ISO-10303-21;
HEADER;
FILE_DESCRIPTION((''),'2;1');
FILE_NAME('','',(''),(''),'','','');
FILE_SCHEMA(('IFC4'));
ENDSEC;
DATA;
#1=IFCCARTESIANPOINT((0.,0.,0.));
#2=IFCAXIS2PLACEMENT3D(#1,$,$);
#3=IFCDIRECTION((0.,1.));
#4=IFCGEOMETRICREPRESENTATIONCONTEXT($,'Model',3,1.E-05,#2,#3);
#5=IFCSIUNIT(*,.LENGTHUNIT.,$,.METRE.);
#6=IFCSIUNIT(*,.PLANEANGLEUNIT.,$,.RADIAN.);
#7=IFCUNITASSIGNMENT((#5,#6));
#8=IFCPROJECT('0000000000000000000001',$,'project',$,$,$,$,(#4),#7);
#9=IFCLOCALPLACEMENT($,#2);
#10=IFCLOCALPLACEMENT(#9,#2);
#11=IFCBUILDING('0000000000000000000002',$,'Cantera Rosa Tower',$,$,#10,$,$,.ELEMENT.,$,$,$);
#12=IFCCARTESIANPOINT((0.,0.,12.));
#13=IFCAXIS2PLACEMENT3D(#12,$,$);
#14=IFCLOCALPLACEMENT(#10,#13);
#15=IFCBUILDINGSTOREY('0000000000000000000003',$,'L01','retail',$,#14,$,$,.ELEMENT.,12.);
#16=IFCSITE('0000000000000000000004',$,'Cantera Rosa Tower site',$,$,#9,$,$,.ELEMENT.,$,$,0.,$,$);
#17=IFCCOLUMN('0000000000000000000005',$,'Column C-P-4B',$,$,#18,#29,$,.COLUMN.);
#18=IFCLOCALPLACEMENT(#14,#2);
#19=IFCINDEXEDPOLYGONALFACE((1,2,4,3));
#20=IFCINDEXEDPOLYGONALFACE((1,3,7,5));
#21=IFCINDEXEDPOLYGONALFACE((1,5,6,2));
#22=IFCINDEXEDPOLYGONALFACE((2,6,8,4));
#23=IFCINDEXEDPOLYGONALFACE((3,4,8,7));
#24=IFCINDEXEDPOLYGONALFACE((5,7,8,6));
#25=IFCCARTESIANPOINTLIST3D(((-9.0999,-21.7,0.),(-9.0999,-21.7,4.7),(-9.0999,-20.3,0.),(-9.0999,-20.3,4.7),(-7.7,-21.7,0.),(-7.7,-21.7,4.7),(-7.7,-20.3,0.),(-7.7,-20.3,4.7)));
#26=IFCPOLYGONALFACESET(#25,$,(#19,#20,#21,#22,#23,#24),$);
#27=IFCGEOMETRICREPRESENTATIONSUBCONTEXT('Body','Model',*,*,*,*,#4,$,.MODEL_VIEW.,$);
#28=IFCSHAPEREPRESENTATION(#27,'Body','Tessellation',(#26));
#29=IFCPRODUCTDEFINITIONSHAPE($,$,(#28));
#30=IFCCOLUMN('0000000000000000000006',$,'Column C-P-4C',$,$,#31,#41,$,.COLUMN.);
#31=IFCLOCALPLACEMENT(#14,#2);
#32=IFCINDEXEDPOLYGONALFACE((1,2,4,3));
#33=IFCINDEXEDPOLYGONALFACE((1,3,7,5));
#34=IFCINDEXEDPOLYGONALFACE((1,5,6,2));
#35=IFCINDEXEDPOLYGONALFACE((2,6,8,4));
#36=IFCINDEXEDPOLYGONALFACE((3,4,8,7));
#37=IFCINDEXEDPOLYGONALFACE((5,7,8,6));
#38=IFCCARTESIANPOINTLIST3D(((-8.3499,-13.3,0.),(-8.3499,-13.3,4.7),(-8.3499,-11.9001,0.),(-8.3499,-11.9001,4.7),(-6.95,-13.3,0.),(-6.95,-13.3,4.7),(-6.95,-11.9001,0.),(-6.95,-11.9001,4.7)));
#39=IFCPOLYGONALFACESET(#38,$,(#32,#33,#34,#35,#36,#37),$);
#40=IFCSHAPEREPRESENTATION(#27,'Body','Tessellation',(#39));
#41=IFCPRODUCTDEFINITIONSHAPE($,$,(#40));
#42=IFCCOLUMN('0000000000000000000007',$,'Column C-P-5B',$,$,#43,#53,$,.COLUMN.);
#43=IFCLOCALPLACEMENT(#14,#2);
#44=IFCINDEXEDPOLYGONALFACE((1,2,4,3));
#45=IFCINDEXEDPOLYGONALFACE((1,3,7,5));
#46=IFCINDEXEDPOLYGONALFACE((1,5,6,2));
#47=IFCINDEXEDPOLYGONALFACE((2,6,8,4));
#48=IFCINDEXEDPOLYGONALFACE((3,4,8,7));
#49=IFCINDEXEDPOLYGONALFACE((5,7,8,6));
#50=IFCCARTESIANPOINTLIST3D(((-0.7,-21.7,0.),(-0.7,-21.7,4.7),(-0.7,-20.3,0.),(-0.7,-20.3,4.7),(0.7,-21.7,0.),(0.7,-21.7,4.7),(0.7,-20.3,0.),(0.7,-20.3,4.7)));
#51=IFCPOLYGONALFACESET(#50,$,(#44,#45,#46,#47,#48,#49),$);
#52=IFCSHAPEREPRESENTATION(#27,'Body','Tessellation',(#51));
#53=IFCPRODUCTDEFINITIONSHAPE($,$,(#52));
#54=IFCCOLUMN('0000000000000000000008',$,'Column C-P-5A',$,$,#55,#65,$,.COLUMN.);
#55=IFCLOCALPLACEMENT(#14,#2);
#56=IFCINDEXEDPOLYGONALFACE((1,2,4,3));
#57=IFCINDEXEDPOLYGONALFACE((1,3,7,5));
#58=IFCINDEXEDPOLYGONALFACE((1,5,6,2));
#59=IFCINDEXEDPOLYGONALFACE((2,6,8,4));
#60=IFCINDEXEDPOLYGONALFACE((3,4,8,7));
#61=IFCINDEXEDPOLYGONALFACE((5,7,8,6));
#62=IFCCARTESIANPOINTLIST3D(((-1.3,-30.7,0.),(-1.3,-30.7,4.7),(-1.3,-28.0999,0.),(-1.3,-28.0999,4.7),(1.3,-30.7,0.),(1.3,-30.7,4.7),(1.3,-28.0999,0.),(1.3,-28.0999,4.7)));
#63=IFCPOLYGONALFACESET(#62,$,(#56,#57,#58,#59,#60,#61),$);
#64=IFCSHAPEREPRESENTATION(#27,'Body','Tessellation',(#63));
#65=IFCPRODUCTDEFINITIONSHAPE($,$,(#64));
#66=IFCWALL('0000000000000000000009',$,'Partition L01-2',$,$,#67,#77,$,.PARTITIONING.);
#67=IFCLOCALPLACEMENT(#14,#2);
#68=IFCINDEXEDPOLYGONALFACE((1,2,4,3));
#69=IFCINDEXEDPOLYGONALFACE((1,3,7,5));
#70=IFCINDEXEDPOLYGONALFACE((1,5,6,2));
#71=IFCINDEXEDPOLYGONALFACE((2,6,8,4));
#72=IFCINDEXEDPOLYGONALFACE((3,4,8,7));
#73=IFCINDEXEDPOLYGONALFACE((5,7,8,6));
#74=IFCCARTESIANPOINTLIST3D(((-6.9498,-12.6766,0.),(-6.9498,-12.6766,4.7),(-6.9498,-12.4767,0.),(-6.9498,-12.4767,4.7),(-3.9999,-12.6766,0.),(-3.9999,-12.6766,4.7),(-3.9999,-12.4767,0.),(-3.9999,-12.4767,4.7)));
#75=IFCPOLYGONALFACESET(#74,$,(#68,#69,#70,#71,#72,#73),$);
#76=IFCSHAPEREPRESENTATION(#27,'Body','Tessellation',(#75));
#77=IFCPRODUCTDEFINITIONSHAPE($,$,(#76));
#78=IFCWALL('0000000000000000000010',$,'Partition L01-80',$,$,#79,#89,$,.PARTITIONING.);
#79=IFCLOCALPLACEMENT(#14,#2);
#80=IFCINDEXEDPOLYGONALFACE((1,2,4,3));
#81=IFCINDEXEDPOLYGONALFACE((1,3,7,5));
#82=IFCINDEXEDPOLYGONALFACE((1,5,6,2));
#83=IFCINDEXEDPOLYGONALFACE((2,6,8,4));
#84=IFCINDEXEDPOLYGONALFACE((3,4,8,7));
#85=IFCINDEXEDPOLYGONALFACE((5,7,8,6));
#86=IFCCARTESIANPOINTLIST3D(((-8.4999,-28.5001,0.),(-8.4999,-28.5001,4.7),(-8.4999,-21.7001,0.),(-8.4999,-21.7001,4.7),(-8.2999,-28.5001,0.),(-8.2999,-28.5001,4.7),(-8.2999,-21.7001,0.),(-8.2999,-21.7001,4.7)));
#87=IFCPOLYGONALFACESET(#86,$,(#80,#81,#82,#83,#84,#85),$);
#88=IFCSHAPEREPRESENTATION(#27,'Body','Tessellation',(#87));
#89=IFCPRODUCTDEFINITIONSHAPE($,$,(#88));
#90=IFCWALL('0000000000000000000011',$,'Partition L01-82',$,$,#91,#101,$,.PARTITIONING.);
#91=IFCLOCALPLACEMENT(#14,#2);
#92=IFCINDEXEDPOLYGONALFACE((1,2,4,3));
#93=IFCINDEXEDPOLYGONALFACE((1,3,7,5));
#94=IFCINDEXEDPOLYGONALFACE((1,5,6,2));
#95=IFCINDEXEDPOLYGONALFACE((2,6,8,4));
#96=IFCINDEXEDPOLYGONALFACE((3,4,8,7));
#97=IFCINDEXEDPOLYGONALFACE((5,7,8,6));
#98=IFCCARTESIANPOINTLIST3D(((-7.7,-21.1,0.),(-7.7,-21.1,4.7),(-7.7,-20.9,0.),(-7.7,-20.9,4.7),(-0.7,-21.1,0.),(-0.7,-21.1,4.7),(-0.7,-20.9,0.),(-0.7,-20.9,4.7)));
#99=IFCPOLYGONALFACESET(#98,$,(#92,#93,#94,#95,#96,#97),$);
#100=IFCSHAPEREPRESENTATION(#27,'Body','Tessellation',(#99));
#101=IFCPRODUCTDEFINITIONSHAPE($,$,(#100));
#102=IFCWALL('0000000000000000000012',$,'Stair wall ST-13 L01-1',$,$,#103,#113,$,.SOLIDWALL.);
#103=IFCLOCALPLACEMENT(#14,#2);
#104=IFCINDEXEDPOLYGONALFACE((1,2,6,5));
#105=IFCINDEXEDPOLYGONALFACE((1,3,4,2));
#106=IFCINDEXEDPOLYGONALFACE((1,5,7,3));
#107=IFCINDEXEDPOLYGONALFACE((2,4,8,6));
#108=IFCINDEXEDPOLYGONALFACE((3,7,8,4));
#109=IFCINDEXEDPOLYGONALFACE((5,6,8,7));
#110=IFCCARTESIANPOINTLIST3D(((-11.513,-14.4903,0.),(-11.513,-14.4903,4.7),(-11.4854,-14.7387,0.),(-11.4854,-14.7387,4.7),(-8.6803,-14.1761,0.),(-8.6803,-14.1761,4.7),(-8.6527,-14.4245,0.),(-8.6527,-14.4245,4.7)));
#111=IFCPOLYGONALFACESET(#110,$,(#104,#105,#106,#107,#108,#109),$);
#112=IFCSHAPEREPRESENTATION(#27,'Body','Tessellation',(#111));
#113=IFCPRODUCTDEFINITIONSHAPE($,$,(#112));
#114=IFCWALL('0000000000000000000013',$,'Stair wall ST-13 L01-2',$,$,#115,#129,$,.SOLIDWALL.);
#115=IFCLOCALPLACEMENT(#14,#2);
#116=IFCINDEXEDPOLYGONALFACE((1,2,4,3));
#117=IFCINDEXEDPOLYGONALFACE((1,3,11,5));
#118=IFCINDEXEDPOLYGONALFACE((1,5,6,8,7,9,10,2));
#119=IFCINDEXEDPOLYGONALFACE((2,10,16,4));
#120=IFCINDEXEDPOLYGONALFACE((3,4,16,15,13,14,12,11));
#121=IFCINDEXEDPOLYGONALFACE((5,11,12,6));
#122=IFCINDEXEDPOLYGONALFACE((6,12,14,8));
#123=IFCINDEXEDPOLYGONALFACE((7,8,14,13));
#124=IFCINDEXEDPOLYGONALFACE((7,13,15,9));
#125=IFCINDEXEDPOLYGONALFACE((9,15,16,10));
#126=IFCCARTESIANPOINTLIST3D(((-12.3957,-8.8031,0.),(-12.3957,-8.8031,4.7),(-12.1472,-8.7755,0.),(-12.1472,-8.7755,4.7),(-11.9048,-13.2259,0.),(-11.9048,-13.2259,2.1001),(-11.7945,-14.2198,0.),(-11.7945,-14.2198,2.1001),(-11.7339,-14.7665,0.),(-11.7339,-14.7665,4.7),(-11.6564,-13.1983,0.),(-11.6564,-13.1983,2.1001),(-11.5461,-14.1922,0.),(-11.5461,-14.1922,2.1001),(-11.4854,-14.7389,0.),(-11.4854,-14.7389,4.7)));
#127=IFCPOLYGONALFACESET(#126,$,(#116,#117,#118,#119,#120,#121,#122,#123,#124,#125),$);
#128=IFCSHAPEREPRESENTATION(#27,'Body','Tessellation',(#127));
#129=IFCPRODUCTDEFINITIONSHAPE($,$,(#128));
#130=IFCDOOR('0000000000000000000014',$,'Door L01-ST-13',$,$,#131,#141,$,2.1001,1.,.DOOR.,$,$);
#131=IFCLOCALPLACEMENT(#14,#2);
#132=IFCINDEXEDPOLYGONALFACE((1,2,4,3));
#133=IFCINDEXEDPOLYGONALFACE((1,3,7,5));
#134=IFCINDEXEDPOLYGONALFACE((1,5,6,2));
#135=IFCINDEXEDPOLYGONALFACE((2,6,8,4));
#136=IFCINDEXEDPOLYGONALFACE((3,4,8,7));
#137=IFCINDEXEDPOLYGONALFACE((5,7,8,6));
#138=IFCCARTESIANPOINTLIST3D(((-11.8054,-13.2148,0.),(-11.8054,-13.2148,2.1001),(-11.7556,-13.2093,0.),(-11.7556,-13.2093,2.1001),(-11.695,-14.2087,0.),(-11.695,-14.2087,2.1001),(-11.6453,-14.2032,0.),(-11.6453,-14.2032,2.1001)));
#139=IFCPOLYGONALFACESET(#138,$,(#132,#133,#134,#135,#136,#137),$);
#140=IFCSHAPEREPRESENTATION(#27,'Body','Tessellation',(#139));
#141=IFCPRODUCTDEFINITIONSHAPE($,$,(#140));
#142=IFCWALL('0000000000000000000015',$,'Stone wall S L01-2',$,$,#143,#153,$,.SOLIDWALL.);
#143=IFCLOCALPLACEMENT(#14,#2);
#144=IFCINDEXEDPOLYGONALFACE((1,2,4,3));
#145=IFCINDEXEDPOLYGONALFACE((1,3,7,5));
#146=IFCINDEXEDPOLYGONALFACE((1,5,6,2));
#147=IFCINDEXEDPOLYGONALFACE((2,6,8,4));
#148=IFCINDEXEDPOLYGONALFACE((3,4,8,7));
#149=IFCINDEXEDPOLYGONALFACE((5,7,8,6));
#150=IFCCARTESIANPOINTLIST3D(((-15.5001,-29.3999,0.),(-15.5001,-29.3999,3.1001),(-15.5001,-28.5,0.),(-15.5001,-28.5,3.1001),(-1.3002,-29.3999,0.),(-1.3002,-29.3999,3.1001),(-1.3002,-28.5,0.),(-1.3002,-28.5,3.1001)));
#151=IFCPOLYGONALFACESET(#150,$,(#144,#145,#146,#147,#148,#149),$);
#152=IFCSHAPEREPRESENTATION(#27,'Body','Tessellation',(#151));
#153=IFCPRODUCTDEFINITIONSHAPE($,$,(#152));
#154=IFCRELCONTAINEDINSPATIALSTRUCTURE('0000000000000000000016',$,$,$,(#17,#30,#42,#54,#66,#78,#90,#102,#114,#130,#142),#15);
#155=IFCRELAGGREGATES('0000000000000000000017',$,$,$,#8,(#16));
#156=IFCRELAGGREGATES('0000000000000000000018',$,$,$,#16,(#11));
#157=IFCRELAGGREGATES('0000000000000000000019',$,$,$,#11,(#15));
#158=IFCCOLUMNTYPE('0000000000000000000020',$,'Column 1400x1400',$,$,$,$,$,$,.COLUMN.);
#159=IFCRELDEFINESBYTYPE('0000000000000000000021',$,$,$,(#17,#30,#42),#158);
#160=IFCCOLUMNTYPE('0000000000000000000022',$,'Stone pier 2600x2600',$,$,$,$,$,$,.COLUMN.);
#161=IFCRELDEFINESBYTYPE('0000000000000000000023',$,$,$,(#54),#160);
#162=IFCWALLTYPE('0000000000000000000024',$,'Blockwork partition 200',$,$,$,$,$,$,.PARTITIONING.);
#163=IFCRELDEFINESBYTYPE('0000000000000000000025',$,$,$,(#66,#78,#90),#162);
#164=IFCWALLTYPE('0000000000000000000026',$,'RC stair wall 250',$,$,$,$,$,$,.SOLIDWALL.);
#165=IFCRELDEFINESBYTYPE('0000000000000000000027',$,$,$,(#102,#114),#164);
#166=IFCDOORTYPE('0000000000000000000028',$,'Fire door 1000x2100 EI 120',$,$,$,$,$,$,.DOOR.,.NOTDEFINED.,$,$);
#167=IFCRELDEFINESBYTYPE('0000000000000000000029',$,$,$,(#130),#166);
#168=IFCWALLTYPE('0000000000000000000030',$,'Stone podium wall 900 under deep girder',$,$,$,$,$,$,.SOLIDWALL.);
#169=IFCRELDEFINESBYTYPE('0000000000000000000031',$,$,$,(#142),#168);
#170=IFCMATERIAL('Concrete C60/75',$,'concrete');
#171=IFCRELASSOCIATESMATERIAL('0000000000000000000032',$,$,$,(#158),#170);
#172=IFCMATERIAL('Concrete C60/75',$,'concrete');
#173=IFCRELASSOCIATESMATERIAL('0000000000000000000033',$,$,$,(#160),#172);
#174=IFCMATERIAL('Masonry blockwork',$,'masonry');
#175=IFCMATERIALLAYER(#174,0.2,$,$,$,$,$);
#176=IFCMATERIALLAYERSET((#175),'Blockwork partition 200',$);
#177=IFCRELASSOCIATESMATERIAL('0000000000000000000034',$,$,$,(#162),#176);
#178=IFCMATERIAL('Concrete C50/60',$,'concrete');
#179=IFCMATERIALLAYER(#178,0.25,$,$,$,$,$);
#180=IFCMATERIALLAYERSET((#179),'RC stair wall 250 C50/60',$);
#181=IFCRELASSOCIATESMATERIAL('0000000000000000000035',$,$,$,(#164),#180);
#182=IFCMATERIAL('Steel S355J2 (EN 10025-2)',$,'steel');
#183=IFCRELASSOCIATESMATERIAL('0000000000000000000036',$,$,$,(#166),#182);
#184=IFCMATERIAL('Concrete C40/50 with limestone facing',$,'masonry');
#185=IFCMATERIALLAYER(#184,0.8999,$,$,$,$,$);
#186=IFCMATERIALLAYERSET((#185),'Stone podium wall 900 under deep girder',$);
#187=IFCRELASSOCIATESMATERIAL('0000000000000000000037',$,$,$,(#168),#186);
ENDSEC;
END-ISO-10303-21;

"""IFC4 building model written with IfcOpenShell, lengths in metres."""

from ifc_helpers import new_model, si_unit, direction, frame, frame_2d, origin, origin_2d, place, context, subcontext, project, spatial, rectangle, extrude, material, layer, layer_set, material_profile, profile_set, type_object, element, fill, save


model = new_model("IFC4")

# Units and contexts
model_context = context("Model", 3, precision=1e-05, world=origin(), true_north=direction((0.0, 1.0)))
body_context = subcontext(model_context, "Body", "Model", "MODEL_VIEW")
ifc_project = project(units=[si_unit("LENGTHUNIT", "METRE"), si_unit("PLANEANGLEUNIT", "RADIAN")], contexts=[model_context])

# Site, building, storey
site_placement = place(None, origin())
site = spatial("IfcSite", under=ifc_project, at=site_placement, Name="Cantera Rosa Tower site", CompositionType="ELEMENT", RefElevation=0.0)
building_placement = place(site_placement, origin())
building = spatial("IfcBuilding", under=site, at=building_placement, Name="Cantera Rosa Tower", CompositionType="ELEMENT")
storey_placement = place(building_placement, frame((0.0, 0.0, 12.0)))
storey = spatial("IfcBuildingStorey", under=building, at=storey_placement, Name="L01", Description="retail", CompositionType="ELEMENT", Elevation=12.0)

# Columns
ifc_material_1 = material(Name="Concrete C60/75", Category="concrete")
ifc_material_profile_1 = material_profile(ifc_material_1, rectangle(XDim=1.3999, YDim=1.3999, at=origin_2d()), Name="Column 1400x1400")
ifc_profile_set_1 = profile_set([ifc_material_profile_1], Name="Concrete C60/75")
column_type_1 = type_object("IfcColumnType", Name="Column 1400x1400", PredefinedType="COLUMN", material=ifc_profile_set_1)
for number, where, z_axis, x_axis, name in (
    (1, (-8.3999, -21.0, 0.0), (0.0, 0.0, 1.0), (1.0, 0.0, 0.0), "Column C-P-4B"),
    (2, (-7.6499, -12.6001, 0.0), (0.0, 0.0, 1.0), (1.0, 0.0, 0.0), "Column C-P-4C"),
    (3, (0.0, -21.0, 0.0), (0.0, 0.0, 1.0), (1.0, 0.0, 0.0), "Column C-P-5B"),
):
    element("IfcColumn", number, at=place(storey_placement, frame(where, z_axis=z_axis, x_axis=x_axis)), inside=storey, type_object=column_type_1, Name=name, PredefinedType="COLUMN", context=body_context, shape_type="SweptSolid", body=[
        extrude(rectangle(XDim=1.3999, YDim=1.3999, at=origin_2d()), origin(), (0.0, 0.0, 1.0), 4.7),
    ])
ifc_material_2 = material(Name="Concrete C60/75", Category="concrete")
ifc_material_profile_2 = material_profile(ifc_material_2, rectangle(XDim=2.6001, YDim=2.6001, at=origin_2d()), Name="Stone pier 2600x2600")
ifc_profile_set_2 = profile_set([ifc_material_profile_2], Name="Concrete C60/75")
column_type_2 = type_object("IfcColumnType", Name="Stone pier 2600x2600", PredefinedType="COLUMN", material=ifc_profile_set_2)
column_placement = place(storey_placement, frame((0.0, -29.3999, 0.0), z_axis=(0.0, 0.0, 1.0), x_axis=(1.0, 0.0, 0.0)))
element("IfcColumn", 4, at=column_placement, inside=storey, type_object=column_type_2, Name="Column C-P-5A", PredefinedType="COLUMN", context=body_context, shape_type="SweptSolid", body=[
    extrude(rectangle(XDim=2.6001, YDim=2.6001, at=origin_2d()), origin(), (0.0, 0.0, 1.0), 4.7),
])

# Walls
ifc_material_3 = material(Name="Masonry blockwork", Category="masonry")
ifc_layer_1 = layer(ifc_material_3, 0.2)
ifc_layer_set_1 = layer_set([ifc_layer_1], Name="Blockwork partition 200")
wall_type_1 = type_object("IfcWallType", Name="Blockwork partition 200", PredefinedType="PARTITIONING", material=ifc_layer_set_1)
wall_1_placement = place(storey_placement, frame((-6.95, -12.5767, 0.0), z_axis=(0.0, 0.0, 1.0), x_axis=(1.0, 0.0, 0.0)))
element("IfcWall", 5, at=wall_1_placement, inside=storey, type_object=wall_type_1, Name="Partition L01-2", PredefinedType="PARTITIONING", context=body_context, shape_type="SweptSolid", body=[
    extrude(rectangle(XDim=2.95, YDim=0.2, at=frame_2d((1.4751, 0.0))), origin(), (0.0, 0.0, 1.0), 4.7),
])
wall_2_placement = place(storey_placement, frame((-8.3999, -28.5, 0.0), z_axis=(0.0, 0.0, 1.0), x_axis=(0.0, 1.0, 0.0)))
element("IfcWall", 6, at=wall_2_placement, inside=storey, type_object=wall_type_1, Name="Partition L01-80", PredefinedType="PARTITIONING", context=body_context, shape_type="SweptSolid", body=[
    extrude(rectangle(XDim=6.8, YDim=0.2, at=frame_2d((3.3999, 0.0))), origin(), (0.0, 0.0, 1.0), 4.7),
])
wall_3_placement = place(storey_placement, frame((-7.7, -21.0, 0.0), z_axis=(0.0, 0.0, 1.0), x_axis=(1.0, 0.0, 0.0)))
element("IfcWall", 7, at=wall_3_placement, inside=storey, type_object=wall_type_1, Name="Partition L01-82", PredefinedType="PARTITIONING", context=body_context, shape_type="SweptSolid", body=[
    extrude(rectangle(XDim=7.0, YDim=0.2, at=frame_2d((3.5, 0.0))), origin(), (0.0, 0.0, 1.0), 4.7),
])
ifc_material_4 = material(Name="Concrete C50/60", Category="concrete")
ifc_layer_2 = layer(ifc_material_4, 0.25)
ifc_layer_set_2 = layer_set([ifc_layer_2], Name="RC stair wall 250 C50/60")
wall_type_2 = type_object("IfcWallType", Name="RC stair wall 250", PredefinedType="SOLIDWALL", material=ifc_layer_set_2)
wall_4_placement = place(storey_placement, frame((-8.6665, -14.3003, 0.0), z_axis=(0.0, 0.0, 1.0), x_axis=(-0.993905, -0.110243, 0.0)))
element("IfcWall", 8, at=wall_4_placement, inside=storey, type_object=wall_type_2, Name="Stair wall ST-13 L01-1", PredefinedType="SOLIDWALL", context=body_context, shape_type="SweptSolid", body=[
    extrude(rectangle(XDim=2.8501, YDim=0.25, at=frame_2d((1.425, 0.0))), origin(), (0.0, 0.0, 1.0), 4.7),
])

# Wall, opening, door
wall_5_placement = place(storey_placement, frame((-11.6096, -14.7527, 0.0), z_axis=(0.0, 0.0, 1.0), x_axis=(-0.110311, 0.993897, 0.0)))
wall_5 = element("IfcWall", 9, at=wall_5_placement, inside=storey, type_object=wall_type_2, Name="Stair wall ST-13 L01-2", PredefinedType="SOLIDWALL", context=body_context, shape_type="SweptSolid", body=[
    extrude(rectangle(XDim=6.0, YDim=0.25, at=frame_2d((3.0, 0.0))), origin(), (0.0, 0.0, 1.0), 4.7),
])
opening_placement = place(wall_5_placement, frame((0.55, 0.0, 0.0)))
opening = element("IfcOpeningElement", 10, at=opening_placement, cuts=wall_5, PredefinedType="OPENING", context=body_context, shape_type="SweptSolid", body=[
    extrude(rectangle(XDim=1.0, YDim=2.1001, at=frame_2d((0.5, 1.05))), frame((0.0, 0.135, 0.0), z_axis=(0.0, -1.0, 0.0), x_axis=(1.0, 0.0, 0.0)), (0.0, 0.0, 1.0), 0.27),
])
ifc_material_5 = material(Name="Steel S355J2 (EN 10025-2)", Category="steel")
door_type = type_object("IfcDoorType", Name="Fire door 1000x2100 EI 120", OperationType="NOTDEFINED", PredefinedType="DOOR", material=ifc_material_5)
door_placement = place(opening_placement, origin())
door = element("IfcDoor", 11, at=door_placement, inside=storey, type_object=door_type, Name="Door L01-ST-13", OverallHeight=2.1001, OverallWidth=1.0, PredefinedType="DOOR", context=body_context, shape_type="SweptSolid", body=[
    extrude(rectangle(XDim=1.0, YDim=2.1001, at=frame_2d((0.5, 1.05))), frame((0.0, 0.0249, 0.0), z_axis=(0.0, -1.0, 0.0), x_axis=(1.0, 0.0, 0.0)), (0.0, 0.0, 1.0), 0.05),
])
fill(opening, door)

# Wall
ifc_material_6 = material(Name="Concrete C40/50 with limestone facing", Category="masonry")
ifc_layer_3 = layer(ifc_material_6, 0.8999)
ifc_layer_set_3 = layer_set([ifc_layer_3], Name="Stone podium wall 900 under deep girder")
wall_type_3 = type_object("IfcWallType", Name="Stone podium wall 900 under deep girder", PredefinedType="SOLIDWALL", material=ifc_layer_set_3)
wall_6_placement = place(storey_placement, frame((-1.3, -28.95, 0.0), z_axis=(0.0, 0.0, 1.0), x_axis=(-1.0, 0.0, 0.0)))
element("IfcWall", 12, at=wall_6_placement, inside=storey, type_object=wall_type_3, Name="Stone wall S L01-2", PredefinedType="SOLIDWALL", context=body_context, shape_type="SweptSolid", body=[
    extrude(rectangle(XDim=14.2, YDim=0.8999, at=frame_2d((7.1001, 0.0))), origin(), (0.0, 0.0, 1.0), 3.1001),
])

save(model, "model.ifc")
